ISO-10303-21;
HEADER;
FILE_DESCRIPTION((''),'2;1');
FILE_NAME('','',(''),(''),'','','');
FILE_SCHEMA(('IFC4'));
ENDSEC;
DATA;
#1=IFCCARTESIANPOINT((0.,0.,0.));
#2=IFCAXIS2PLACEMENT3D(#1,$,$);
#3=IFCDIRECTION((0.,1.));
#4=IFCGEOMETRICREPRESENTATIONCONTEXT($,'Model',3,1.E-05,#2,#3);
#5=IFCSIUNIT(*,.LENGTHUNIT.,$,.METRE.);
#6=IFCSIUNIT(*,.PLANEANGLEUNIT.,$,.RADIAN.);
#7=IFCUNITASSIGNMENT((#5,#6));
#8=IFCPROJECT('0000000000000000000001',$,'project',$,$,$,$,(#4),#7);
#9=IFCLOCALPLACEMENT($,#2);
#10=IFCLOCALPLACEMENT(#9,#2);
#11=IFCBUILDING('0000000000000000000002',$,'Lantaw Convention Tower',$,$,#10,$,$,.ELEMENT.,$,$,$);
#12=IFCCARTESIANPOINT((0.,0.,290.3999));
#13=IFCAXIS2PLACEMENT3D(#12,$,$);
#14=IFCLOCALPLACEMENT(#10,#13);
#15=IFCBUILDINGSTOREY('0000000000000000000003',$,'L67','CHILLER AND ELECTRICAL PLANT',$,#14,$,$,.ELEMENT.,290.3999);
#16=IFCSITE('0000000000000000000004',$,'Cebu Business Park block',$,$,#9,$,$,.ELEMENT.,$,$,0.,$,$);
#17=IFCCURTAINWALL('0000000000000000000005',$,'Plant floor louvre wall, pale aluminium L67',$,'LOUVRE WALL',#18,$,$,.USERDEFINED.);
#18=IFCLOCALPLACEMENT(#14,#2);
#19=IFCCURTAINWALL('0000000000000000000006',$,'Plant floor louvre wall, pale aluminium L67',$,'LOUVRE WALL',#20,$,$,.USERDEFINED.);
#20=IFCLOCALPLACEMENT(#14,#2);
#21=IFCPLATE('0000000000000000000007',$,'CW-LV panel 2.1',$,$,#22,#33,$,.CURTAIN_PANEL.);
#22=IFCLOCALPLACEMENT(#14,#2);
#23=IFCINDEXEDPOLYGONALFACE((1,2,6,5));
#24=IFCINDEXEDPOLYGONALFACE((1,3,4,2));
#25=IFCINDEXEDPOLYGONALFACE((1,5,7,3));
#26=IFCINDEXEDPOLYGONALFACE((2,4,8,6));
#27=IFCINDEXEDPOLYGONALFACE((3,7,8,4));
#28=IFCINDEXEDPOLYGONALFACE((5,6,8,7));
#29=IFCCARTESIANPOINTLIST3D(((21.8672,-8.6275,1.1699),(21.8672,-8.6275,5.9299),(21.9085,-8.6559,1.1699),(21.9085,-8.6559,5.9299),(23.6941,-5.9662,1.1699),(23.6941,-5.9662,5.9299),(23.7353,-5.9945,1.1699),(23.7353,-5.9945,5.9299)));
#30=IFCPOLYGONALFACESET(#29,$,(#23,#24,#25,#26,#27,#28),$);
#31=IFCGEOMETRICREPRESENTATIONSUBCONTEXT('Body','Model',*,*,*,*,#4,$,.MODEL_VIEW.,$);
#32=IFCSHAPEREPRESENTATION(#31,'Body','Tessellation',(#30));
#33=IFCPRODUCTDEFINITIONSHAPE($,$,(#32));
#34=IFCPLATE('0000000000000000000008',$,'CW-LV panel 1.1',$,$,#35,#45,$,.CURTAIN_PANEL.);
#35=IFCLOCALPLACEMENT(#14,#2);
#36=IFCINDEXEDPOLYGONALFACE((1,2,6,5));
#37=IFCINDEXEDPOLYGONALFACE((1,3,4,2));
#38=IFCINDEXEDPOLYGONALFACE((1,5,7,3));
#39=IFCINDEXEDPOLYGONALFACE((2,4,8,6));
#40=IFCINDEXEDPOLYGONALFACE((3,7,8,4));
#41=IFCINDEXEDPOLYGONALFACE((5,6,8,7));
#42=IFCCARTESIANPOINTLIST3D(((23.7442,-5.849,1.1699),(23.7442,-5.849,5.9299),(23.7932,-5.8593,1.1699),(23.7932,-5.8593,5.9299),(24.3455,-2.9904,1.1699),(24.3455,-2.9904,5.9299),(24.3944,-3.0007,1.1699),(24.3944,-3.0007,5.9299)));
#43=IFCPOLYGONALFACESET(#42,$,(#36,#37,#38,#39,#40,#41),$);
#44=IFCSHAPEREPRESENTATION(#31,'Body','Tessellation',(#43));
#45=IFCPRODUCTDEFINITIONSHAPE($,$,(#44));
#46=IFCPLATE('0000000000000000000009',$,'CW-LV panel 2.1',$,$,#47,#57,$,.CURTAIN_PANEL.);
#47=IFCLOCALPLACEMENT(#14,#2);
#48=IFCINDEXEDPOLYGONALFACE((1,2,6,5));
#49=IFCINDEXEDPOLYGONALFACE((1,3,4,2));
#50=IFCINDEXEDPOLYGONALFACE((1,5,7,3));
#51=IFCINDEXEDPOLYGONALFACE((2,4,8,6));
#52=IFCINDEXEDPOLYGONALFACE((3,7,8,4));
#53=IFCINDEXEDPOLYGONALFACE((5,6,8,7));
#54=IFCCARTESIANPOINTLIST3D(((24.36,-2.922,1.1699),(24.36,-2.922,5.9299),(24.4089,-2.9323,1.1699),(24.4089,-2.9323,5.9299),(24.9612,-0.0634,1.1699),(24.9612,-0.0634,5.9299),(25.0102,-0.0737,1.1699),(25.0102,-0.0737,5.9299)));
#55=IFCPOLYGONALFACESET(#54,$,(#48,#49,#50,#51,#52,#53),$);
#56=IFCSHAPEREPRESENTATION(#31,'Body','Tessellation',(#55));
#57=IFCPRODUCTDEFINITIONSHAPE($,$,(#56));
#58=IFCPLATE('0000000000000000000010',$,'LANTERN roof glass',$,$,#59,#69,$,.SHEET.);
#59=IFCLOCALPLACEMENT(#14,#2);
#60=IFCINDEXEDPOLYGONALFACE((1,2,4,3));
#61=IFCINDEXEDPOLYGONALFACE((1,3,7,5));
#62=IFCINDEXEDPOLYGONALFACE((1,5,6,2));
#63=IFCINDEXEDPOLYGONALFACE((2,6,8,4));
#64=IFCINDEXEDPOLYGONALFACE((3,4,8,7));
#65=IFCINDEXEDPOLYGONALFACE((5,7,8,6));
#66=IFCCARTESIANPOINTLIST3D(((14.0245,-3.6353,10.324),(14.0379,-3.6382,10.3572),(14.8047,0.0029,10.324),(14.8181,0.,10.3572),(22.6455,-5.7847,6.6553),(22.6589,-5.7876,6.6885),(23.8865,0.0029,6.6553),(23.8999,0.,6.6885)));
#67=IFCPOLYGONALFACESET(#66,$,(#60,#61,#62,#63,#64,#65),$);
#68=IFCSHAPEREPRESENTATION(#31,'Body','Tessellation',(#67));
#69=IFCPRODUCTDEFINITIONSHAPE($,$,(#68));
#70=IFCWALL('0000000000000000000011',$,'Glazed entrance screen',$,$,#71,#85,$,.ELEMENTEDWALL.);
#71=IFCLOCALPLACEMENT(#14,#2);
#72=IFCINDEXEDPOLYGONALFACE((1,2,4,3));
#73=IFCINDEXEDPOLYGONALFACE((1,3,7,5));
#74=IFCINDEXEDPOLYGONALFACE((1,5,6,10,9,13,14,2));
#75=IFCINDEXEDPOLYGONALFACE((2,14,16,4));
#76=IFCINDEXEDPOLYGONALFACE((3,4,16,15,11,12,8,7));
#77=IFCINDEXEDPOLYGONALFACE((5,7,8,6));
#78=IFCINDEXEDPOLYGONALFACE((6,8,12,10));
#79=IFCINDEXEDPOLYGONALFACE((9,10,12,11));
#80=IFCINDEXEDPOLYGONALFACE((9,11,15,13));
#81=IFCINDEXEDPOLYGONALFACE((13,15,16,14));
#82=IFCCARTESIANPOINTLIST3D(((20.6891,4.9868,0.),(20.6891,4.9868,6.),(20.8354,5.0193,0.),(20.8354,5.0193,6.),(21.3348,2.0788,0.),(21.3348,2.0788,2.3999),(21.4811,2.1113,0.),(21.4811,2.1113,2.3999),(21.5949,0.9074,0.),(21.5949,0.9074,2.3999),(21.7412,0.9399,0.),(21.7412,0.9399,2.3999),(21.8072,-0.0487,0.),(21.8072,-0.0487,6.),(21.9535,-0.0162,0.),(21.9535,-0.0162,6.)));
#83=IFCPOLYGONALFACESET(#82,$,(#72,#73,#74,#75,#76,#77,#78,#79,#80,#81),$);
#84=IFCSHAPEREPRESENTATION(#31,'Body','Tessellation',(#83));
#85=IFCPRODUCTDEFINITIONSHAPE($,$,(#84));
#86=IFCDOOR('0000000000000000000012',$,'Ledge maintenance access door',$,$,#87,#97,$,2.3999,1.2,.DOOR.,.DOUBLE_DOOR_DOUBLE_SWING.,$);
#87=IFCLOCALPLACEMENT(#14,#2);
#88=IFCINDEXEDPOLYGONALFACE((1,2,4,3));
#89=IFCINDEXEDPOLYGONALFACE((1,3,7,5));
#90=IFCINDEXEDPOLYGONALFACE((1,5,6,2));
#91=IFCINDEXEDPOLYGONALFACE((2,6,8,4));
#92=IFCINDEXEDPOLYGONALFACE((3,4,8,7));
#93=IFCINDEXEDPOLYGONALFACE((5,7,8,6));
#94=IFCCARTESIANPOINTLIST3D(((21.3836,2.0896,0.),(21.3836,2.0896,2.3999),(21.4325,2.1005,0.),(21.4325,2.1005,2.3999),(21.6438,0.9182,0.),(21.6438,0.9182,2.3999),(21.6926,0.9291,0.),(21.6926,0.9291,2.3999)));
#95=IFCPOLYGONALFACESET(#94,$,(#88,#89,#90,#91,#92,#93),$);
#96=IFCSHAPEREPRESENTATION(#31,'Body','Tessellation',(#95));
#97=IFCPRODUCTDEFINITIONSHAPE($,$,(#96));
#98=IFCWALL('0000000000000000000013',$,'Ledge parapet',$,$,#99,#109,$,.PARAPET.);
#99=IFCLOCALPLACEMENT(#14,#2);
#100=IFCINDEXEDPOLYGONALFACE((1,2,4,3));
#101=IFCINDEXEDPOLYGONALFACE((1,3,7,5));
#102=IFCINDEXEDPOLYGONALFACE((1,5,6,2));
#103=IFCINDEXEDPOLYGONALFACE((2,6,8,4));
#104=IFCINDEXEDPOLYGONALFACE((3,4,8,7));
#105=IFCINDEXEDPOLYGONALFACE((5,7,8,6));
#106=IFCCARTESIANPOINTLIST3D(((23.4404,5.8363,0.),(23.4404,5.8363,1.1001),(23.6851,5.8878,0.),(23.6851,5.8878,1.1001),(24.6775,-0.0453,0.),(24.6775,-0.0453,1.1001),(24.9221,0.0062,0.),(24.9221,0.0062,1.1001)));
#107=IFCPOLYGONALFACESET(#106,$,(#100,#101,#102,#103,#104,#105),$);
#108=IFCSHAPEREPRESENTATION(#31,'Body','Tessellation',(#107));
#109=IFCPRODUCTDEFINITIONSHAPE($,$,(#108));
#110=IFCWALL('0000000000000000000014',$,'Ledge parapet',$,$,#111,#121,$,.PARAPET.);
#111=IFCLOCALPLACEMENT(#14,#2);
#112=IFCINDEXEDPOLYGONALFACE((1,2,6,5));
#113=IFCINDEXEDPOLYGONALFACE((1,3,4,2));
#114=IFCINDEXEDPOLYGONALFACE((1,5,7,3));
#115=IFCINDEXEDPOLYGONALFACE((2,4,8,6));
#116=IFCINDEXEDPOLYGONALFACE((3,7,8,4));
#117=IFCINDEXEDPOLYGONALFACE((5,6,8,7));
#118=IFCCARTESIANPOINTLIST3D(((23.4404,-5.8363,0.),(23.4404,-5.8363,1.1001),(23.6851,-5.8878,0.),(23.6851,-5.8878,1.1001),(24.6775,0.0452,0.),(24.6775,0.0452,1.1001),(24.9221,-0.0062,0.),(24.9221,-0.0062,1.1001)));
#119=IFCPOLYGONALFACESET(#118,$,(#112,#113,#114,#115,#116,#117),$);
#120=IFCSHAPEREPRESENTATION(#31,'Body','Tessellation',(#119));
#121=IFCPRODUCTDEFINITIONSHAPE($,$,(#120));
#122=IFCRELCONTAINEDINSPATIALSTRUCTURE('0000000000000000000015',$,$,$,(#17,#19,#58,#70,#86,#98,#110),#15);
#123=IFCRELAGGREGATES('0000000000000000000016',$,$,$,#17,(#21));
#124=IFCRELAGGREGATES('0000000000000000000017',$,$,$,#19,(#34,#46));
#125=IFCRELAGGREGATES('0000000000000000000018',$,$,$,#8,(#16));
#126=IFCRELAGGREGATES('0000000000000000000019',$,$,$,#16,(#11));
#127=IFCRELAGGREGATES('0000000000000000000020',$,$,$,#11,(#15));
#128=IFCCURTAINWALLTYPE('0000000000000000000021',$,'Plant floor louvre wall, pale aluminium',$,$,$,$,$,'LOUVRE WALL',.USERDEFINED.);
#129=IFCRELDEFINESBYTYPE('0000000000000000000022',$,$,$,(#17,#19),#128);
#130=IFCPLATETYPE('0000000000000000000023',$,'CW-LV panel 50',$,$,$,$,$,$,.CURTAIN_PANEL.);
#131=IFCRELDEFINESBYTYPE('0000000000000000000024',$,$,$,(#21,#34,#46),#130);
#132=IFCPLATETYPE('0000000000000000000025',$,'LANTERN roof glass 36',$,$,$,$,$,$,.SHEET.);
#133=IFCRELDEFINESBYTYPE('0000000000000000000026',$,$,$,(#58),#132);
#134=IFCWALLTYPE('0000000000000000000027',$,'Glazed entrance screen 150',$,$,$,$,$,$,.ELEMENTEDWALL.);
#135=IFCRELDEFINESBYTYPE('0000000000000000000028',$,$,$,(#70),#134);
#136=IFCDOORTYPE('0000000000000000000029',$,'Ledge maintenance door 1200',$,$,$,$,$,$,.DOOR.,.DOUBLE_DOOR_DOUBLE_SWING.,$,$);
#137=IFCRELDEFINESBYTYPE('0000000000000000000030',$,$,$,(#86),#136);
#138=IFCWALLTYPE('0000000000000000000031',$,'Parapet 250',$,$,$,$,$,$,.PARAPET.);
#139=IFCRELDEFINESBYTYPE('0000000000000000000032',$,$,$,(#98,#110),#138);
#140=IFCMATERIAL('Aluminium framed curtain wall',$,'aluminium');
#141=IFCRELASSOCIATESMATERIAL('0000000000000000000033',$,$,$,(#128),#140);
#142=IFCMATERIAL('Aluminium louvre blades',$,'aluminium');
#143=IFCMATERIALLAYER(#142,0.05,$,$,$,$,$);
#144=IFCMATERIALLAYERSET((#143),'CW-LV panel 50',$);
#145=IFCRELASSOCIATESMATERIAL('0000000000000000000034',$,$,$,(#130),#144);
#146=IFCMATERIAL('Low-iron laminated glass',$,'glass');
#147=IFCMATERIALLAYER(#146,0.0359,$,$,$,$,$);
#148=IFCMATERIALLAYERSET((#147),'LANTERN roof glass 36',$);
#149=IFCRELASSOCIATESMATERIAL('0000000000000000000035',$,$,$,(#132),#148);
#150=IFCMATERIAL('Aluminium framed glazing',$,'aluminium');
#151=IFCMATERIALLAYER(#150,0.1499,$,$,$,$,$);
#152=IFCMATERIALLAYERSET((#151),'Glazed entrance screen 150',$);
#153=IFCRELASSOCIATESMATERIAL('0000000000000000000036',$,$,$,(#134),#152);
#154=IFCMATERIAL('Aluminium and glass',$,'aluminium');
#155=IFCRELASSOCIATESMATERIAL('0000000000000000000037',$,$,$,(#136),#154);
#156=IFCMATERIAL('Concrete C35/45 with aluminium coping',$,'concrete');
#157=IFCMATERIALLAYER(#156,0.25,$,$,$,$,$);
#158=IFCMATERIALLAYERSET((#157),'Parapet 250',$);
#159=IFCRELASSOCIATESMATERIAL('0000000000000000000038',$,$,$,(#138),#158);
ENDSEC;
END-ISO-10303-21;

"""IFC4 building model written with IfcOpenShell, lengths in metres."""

from ifc_helpers import new_model, si_unit, direction, frame, frame_2d, origin, origin_2d, place, context, subcontext, project, spatial, polyline, rectangle, outline, extrude, material, layer, layer_set, type_object, element, fill, aggregate, save


model = new_model("IFC4")

# Units and contexts
model_context = context("Model", 3, precision=1e-05, world=origin(), true_north=direction((0.0, 1.0)))
body_context = subcontext(model_context, "Body", "Model", "MODEL_VIEW")
ifc_project = project(units=[si_unit("LENGTHUNIT", "METRE"), si_unit("PLANEANGLEUNIT", "RADIAN")], contexts=[model_context])

# Site, building, storey
site_placement = place(None, origin())
site = spatial("IfcSite", under=ifc_project, at=site_placement, Name="Cebu Business Park block", CompositionType="ELEMENT", RefElevation=0.0)
building_placement = place(site_placement, origin())
building = spatial("IfcBuilding", under=site, at=building_placement, Name="Lantaw Convention Tower", CompositionType="ELEMENT")
storey_placement = place(building_placement, frame((0.0, 0.0, 290.3999)))
storey = spatial("IfcBuildingStorey", under=building, at=storey_placement, Name="L67", Description="CHILLER AND ELECTRICAL PLANT", CompositionType="ELEMENT", Elevation=290.3999)

# Shared definitions
ifc_material_1 = material(Name="Aluminium framed curtain wall", Category="aluminium")

# Curtain walls
curtain_wall_type_1 = type_object("IfcCurtainWallType", Name="Plant floor louvre wall, pale aluminium", ElementType="LOUVRE WALL", PredefinedType="USERDEFINED", material=ifc_material_1)
curtain_wall_1_placement = place(storey_placement, origin())
curtain_wall_1 = element("IfcCurtainWall", 1, at=curtain_wall_1_placement, inside=storey, type_object=curtain_wall_type_1, Name="Plant floor louvre wall, pale aluminium L67", ObjectType="LOUVRE WALL", PredefinedType="USERDEFINED")
curtain_wall_2_placement = place(storey_placement, origin())
curtain_wall_2 = element("IfcCurtainWall", 2, at=curtain_wall_2_placement, inside=storey, type_object=curtain_wall_type_1, Name="Plant floor louvre wall, pale aluminium L67", ObjectType="LOUVRE WALL", PredefinedType="USERDEFINED")

# Plates
ifc_material_2 = material(Name="Low-iron laminated glass", Category="glass")
ifc_material_3 = material(Name="Aluminium louvre blades", Category="aluminium")
ifc_layer_1 = layer(ifc_material_3, 0.05)
ifc_layer_set_1 = layer_set([ifc_layer_1], Name="CW-LV panel 50")
plate_type_1 = type_object("IfcPlateType", Name="CW-LV panel 50", PredefinedType="CURTAIN_PANEL", material=ifc_layer_set_1)
plate_1_placement = place(storey_placement, frame((22.8013, -7.311, 1.1699), z_axis=(0.0, 0.0, 1.0), x_axis=(0.565935, 0.82445, 0.0)))
plate_1 = element("IfcPlate", 3, at=plate_1_placement, type_object=plate_type_1, Name="CW-LV panel 2.1", PredefinedType="CURTAIN_PANEL", context=body_context, shape_type="SweptSolid", body=[
    extrude(rectangle(XDim=3.228, YDim=0.05, at=origin_2d()), origin(), (0.0, 0.0, 1.0), 4.76),
])
aggregate(curtain_wall_1, [plate_1])
plate_2_placement = place(storey_placement, frame((24.0693, -4.4248, 1.1699), z_axis=(0.0, 0.0, 1.0), x_axis=(0.205814, 0.978591, 0.0)))
plate_2 = element("IfcPlate", 4, at=plate_2_placement, type_object=plate_type_1, Name="CW-LV panel 1.1", PredefinedType="CURTAIN_PANEL", context=body_context, shape_type="SweptSolid", body=[
    extrude(rectangle(XDim=2.9211, YDim=0.05, at=origin_2d()), origin(), (0.0, 0.0, 1.0), 4.76),
])
plate_3_placement = place(storey_placement, frame((24.6851, -1.4978, 1.1699), z_axis=(0.0, 0.0, 1.0), x_axis=(0.205814, 0.978591, 0.0)))
plate_3 = element("IfcPlate", 5, at=plate_3_placement, type_object=plate_type_1, Name="CW-LV panel 2.1", PredefinedType="CURTAIN_PANEL", context=body_context, shape_type="SweptSolid", body=[
    extrude(rectangle(XDim=2.9211, YDim=0.05, at=origin_2d()), origin(), (0.0, 0.0, 1.0), 4.76),
])
aggregate(curtain_wall_2, [plate_2, plate_3])
ifc_layer_2 = layer(ifc_material_2, 0.0359)
ifc_layer_set_2 = layer_set([ifc_layer_2], Name="LANTERN roof glass 36")
plate_type_2 = type_object("IfcPlateType", Name="LANTERN roof glass 36", PredefinedType="SHEET", material=ifc_layer_set_2)
plate_4_placement = place(storey_placement, frame((22.6589, -5.7876, 6.6885), z_axis=(0.37335, -0.08006, 0.92423), x_axis=(0.209656, 0.977775, 0.000006)))
element("IfcPlate", 6, at=plate_4_placement, inside=storey, type_object=plate_type_2, Name="LANTERN roof glass", PredefinedType="SHEET", context=body_context, shape_type="SweptSolid", body=[
    extrude(outline(polyline([(0.0, 0.0), (5.9191, 0.0), (4.0151, 9.608), (0.2942, 9.6081), (0.0, 0.0)])), origin(), (0.0, 0.0, -1.0), 0.0359),
])

# Wall, opening, door
ifc_material_4 = material(Name="Aluminium framed glazing", Category="aluminium")
ifc_layer_3 = layer(ifc_material_4, 0.1499)
ifc_layer_set_3 = layer_set([ifc_layer_3], Name="Glazed entrance screen 150")
wall_type_1 = type_object("IfcWallType", Name="Glazed entrance screen 150", PredefinedType="ELEMENTEDWALL", material=ifc_layer_set_3)
wall_placement = place(storey_placement, frame((21.8804, -0.0325, 0.0), z_axis=(0.0, 0.0, 1.0), x_axis=(-0.21677, 0.976223, 0.0)))
wall = element("IfcWall", 7, at=wall_placement, inside=storey, type_object=wall_type_1, Name="Glazed entrance screen", PredefinedType="ELEMENTEDWALL", context=body_context, shape_type="SweptSolid", body=[
    extrude(rectangle(XDim=5.1582, YDim=0.1499, at=frame_2d((2.5791, 0.0))), origin(), (0.0, 0.0, 1.0), 6.0),
])
opening_placement = place(wall_placement, frame((0.9792, 0.0, 0.0)))
opening = element("IfcOpeningElement", 8, at=opening_placement, cuts=wall, PredefinedType="OPENING", context=body_context, shape_type="SweptSolid", body=[
    extrude(rectangle(XDim=1.2, YDim=2.3999, at=frame_2d((0.6001, 1.2))), frame((0.0, 0.085, 0.0), z_axis=(0.0, -1.0, 0.0), x_axis=(1.0, 0.0, 0.0)), (0.0, 0.0, 1.0), 0.1699),
])
ifc_material_5 = material(Name="Aluminium and glass", Category="aluminium")
door_type = type_object("IfcDoorType", Name="Ledge maintenance door 1200", OperationType="DOUBLE_DOOR_DOUBLE_SWING", PredefinedType="DOOR", material=ifc_material_5)
door_placement = place(opening_placement, origin())
door = element("IfcDoor", 9, at=door_placement, inside=storey, type_object=door_type, Name="Ledge maintenance access door", OperationType="DOUBLE_DOOR_DOUBLE_SWING", OverallHeight=2.3999, OverallWidth=1.2, PredefinedType="DOOR", context=body_context, shape_type="SweptSolid", body=[
    extrude(rectangle(XDim=1.2, YDim=2.3999, at=frame_2d((0.6001, 1.2))), frame((0.0, 0.0249, 0.0), z_axis=(0.0, -1.0, 0.0), x_axis=(1.0, 0.0, 0.0)), (0.0, 0.0, 1.0), 0.05),
])
fill(opening, door)

# Walls
ifc_material_6 = material(Name="Concrete C35/45 with aluminium coping", Category="concrete")
ifc_layer_4 = layer(ifc_material_6, 0.25)
ifc_layer_set_4 = layer_set([ifc_layer_4], Name="Parapet 250")
wall_type_2 = type_object("IfcWallType", Name="Parapet 250", PredefinedType="PARAPET", material=ifc_layer_set_4)
for number, where, z_axis, x_axis, name in (
    (10, (24.7998, -0.0195, 0.0), (0.0, 0.0, 1.0), (-0.205824, 0.978589, 0.0), "Ledge parapet"),
    (11, (23.5627, -5.8621, 0.0), (0.0, 0.0, 1.0), (0.205824, 0.978589, 0.0), "Ledge parapet"),
):
    element("IfcWall", number, at=place(storey_placement, frame(where, z_axis=z_axis, x_axis=x_axis)), inside=storey, type_object=wall_type_2, Name=name, PredefinedType="PARAPET", context=body_context, shape_type="SweptSolid", body=[
        extrude(rectangle(XDim=6.0103, YDim=0.25, at=frame_2d((3.0051, 0.0))), origin(), (0.0, 0.0, 1.0), 1.1001),
    ])

save(model, "model.ifc")
